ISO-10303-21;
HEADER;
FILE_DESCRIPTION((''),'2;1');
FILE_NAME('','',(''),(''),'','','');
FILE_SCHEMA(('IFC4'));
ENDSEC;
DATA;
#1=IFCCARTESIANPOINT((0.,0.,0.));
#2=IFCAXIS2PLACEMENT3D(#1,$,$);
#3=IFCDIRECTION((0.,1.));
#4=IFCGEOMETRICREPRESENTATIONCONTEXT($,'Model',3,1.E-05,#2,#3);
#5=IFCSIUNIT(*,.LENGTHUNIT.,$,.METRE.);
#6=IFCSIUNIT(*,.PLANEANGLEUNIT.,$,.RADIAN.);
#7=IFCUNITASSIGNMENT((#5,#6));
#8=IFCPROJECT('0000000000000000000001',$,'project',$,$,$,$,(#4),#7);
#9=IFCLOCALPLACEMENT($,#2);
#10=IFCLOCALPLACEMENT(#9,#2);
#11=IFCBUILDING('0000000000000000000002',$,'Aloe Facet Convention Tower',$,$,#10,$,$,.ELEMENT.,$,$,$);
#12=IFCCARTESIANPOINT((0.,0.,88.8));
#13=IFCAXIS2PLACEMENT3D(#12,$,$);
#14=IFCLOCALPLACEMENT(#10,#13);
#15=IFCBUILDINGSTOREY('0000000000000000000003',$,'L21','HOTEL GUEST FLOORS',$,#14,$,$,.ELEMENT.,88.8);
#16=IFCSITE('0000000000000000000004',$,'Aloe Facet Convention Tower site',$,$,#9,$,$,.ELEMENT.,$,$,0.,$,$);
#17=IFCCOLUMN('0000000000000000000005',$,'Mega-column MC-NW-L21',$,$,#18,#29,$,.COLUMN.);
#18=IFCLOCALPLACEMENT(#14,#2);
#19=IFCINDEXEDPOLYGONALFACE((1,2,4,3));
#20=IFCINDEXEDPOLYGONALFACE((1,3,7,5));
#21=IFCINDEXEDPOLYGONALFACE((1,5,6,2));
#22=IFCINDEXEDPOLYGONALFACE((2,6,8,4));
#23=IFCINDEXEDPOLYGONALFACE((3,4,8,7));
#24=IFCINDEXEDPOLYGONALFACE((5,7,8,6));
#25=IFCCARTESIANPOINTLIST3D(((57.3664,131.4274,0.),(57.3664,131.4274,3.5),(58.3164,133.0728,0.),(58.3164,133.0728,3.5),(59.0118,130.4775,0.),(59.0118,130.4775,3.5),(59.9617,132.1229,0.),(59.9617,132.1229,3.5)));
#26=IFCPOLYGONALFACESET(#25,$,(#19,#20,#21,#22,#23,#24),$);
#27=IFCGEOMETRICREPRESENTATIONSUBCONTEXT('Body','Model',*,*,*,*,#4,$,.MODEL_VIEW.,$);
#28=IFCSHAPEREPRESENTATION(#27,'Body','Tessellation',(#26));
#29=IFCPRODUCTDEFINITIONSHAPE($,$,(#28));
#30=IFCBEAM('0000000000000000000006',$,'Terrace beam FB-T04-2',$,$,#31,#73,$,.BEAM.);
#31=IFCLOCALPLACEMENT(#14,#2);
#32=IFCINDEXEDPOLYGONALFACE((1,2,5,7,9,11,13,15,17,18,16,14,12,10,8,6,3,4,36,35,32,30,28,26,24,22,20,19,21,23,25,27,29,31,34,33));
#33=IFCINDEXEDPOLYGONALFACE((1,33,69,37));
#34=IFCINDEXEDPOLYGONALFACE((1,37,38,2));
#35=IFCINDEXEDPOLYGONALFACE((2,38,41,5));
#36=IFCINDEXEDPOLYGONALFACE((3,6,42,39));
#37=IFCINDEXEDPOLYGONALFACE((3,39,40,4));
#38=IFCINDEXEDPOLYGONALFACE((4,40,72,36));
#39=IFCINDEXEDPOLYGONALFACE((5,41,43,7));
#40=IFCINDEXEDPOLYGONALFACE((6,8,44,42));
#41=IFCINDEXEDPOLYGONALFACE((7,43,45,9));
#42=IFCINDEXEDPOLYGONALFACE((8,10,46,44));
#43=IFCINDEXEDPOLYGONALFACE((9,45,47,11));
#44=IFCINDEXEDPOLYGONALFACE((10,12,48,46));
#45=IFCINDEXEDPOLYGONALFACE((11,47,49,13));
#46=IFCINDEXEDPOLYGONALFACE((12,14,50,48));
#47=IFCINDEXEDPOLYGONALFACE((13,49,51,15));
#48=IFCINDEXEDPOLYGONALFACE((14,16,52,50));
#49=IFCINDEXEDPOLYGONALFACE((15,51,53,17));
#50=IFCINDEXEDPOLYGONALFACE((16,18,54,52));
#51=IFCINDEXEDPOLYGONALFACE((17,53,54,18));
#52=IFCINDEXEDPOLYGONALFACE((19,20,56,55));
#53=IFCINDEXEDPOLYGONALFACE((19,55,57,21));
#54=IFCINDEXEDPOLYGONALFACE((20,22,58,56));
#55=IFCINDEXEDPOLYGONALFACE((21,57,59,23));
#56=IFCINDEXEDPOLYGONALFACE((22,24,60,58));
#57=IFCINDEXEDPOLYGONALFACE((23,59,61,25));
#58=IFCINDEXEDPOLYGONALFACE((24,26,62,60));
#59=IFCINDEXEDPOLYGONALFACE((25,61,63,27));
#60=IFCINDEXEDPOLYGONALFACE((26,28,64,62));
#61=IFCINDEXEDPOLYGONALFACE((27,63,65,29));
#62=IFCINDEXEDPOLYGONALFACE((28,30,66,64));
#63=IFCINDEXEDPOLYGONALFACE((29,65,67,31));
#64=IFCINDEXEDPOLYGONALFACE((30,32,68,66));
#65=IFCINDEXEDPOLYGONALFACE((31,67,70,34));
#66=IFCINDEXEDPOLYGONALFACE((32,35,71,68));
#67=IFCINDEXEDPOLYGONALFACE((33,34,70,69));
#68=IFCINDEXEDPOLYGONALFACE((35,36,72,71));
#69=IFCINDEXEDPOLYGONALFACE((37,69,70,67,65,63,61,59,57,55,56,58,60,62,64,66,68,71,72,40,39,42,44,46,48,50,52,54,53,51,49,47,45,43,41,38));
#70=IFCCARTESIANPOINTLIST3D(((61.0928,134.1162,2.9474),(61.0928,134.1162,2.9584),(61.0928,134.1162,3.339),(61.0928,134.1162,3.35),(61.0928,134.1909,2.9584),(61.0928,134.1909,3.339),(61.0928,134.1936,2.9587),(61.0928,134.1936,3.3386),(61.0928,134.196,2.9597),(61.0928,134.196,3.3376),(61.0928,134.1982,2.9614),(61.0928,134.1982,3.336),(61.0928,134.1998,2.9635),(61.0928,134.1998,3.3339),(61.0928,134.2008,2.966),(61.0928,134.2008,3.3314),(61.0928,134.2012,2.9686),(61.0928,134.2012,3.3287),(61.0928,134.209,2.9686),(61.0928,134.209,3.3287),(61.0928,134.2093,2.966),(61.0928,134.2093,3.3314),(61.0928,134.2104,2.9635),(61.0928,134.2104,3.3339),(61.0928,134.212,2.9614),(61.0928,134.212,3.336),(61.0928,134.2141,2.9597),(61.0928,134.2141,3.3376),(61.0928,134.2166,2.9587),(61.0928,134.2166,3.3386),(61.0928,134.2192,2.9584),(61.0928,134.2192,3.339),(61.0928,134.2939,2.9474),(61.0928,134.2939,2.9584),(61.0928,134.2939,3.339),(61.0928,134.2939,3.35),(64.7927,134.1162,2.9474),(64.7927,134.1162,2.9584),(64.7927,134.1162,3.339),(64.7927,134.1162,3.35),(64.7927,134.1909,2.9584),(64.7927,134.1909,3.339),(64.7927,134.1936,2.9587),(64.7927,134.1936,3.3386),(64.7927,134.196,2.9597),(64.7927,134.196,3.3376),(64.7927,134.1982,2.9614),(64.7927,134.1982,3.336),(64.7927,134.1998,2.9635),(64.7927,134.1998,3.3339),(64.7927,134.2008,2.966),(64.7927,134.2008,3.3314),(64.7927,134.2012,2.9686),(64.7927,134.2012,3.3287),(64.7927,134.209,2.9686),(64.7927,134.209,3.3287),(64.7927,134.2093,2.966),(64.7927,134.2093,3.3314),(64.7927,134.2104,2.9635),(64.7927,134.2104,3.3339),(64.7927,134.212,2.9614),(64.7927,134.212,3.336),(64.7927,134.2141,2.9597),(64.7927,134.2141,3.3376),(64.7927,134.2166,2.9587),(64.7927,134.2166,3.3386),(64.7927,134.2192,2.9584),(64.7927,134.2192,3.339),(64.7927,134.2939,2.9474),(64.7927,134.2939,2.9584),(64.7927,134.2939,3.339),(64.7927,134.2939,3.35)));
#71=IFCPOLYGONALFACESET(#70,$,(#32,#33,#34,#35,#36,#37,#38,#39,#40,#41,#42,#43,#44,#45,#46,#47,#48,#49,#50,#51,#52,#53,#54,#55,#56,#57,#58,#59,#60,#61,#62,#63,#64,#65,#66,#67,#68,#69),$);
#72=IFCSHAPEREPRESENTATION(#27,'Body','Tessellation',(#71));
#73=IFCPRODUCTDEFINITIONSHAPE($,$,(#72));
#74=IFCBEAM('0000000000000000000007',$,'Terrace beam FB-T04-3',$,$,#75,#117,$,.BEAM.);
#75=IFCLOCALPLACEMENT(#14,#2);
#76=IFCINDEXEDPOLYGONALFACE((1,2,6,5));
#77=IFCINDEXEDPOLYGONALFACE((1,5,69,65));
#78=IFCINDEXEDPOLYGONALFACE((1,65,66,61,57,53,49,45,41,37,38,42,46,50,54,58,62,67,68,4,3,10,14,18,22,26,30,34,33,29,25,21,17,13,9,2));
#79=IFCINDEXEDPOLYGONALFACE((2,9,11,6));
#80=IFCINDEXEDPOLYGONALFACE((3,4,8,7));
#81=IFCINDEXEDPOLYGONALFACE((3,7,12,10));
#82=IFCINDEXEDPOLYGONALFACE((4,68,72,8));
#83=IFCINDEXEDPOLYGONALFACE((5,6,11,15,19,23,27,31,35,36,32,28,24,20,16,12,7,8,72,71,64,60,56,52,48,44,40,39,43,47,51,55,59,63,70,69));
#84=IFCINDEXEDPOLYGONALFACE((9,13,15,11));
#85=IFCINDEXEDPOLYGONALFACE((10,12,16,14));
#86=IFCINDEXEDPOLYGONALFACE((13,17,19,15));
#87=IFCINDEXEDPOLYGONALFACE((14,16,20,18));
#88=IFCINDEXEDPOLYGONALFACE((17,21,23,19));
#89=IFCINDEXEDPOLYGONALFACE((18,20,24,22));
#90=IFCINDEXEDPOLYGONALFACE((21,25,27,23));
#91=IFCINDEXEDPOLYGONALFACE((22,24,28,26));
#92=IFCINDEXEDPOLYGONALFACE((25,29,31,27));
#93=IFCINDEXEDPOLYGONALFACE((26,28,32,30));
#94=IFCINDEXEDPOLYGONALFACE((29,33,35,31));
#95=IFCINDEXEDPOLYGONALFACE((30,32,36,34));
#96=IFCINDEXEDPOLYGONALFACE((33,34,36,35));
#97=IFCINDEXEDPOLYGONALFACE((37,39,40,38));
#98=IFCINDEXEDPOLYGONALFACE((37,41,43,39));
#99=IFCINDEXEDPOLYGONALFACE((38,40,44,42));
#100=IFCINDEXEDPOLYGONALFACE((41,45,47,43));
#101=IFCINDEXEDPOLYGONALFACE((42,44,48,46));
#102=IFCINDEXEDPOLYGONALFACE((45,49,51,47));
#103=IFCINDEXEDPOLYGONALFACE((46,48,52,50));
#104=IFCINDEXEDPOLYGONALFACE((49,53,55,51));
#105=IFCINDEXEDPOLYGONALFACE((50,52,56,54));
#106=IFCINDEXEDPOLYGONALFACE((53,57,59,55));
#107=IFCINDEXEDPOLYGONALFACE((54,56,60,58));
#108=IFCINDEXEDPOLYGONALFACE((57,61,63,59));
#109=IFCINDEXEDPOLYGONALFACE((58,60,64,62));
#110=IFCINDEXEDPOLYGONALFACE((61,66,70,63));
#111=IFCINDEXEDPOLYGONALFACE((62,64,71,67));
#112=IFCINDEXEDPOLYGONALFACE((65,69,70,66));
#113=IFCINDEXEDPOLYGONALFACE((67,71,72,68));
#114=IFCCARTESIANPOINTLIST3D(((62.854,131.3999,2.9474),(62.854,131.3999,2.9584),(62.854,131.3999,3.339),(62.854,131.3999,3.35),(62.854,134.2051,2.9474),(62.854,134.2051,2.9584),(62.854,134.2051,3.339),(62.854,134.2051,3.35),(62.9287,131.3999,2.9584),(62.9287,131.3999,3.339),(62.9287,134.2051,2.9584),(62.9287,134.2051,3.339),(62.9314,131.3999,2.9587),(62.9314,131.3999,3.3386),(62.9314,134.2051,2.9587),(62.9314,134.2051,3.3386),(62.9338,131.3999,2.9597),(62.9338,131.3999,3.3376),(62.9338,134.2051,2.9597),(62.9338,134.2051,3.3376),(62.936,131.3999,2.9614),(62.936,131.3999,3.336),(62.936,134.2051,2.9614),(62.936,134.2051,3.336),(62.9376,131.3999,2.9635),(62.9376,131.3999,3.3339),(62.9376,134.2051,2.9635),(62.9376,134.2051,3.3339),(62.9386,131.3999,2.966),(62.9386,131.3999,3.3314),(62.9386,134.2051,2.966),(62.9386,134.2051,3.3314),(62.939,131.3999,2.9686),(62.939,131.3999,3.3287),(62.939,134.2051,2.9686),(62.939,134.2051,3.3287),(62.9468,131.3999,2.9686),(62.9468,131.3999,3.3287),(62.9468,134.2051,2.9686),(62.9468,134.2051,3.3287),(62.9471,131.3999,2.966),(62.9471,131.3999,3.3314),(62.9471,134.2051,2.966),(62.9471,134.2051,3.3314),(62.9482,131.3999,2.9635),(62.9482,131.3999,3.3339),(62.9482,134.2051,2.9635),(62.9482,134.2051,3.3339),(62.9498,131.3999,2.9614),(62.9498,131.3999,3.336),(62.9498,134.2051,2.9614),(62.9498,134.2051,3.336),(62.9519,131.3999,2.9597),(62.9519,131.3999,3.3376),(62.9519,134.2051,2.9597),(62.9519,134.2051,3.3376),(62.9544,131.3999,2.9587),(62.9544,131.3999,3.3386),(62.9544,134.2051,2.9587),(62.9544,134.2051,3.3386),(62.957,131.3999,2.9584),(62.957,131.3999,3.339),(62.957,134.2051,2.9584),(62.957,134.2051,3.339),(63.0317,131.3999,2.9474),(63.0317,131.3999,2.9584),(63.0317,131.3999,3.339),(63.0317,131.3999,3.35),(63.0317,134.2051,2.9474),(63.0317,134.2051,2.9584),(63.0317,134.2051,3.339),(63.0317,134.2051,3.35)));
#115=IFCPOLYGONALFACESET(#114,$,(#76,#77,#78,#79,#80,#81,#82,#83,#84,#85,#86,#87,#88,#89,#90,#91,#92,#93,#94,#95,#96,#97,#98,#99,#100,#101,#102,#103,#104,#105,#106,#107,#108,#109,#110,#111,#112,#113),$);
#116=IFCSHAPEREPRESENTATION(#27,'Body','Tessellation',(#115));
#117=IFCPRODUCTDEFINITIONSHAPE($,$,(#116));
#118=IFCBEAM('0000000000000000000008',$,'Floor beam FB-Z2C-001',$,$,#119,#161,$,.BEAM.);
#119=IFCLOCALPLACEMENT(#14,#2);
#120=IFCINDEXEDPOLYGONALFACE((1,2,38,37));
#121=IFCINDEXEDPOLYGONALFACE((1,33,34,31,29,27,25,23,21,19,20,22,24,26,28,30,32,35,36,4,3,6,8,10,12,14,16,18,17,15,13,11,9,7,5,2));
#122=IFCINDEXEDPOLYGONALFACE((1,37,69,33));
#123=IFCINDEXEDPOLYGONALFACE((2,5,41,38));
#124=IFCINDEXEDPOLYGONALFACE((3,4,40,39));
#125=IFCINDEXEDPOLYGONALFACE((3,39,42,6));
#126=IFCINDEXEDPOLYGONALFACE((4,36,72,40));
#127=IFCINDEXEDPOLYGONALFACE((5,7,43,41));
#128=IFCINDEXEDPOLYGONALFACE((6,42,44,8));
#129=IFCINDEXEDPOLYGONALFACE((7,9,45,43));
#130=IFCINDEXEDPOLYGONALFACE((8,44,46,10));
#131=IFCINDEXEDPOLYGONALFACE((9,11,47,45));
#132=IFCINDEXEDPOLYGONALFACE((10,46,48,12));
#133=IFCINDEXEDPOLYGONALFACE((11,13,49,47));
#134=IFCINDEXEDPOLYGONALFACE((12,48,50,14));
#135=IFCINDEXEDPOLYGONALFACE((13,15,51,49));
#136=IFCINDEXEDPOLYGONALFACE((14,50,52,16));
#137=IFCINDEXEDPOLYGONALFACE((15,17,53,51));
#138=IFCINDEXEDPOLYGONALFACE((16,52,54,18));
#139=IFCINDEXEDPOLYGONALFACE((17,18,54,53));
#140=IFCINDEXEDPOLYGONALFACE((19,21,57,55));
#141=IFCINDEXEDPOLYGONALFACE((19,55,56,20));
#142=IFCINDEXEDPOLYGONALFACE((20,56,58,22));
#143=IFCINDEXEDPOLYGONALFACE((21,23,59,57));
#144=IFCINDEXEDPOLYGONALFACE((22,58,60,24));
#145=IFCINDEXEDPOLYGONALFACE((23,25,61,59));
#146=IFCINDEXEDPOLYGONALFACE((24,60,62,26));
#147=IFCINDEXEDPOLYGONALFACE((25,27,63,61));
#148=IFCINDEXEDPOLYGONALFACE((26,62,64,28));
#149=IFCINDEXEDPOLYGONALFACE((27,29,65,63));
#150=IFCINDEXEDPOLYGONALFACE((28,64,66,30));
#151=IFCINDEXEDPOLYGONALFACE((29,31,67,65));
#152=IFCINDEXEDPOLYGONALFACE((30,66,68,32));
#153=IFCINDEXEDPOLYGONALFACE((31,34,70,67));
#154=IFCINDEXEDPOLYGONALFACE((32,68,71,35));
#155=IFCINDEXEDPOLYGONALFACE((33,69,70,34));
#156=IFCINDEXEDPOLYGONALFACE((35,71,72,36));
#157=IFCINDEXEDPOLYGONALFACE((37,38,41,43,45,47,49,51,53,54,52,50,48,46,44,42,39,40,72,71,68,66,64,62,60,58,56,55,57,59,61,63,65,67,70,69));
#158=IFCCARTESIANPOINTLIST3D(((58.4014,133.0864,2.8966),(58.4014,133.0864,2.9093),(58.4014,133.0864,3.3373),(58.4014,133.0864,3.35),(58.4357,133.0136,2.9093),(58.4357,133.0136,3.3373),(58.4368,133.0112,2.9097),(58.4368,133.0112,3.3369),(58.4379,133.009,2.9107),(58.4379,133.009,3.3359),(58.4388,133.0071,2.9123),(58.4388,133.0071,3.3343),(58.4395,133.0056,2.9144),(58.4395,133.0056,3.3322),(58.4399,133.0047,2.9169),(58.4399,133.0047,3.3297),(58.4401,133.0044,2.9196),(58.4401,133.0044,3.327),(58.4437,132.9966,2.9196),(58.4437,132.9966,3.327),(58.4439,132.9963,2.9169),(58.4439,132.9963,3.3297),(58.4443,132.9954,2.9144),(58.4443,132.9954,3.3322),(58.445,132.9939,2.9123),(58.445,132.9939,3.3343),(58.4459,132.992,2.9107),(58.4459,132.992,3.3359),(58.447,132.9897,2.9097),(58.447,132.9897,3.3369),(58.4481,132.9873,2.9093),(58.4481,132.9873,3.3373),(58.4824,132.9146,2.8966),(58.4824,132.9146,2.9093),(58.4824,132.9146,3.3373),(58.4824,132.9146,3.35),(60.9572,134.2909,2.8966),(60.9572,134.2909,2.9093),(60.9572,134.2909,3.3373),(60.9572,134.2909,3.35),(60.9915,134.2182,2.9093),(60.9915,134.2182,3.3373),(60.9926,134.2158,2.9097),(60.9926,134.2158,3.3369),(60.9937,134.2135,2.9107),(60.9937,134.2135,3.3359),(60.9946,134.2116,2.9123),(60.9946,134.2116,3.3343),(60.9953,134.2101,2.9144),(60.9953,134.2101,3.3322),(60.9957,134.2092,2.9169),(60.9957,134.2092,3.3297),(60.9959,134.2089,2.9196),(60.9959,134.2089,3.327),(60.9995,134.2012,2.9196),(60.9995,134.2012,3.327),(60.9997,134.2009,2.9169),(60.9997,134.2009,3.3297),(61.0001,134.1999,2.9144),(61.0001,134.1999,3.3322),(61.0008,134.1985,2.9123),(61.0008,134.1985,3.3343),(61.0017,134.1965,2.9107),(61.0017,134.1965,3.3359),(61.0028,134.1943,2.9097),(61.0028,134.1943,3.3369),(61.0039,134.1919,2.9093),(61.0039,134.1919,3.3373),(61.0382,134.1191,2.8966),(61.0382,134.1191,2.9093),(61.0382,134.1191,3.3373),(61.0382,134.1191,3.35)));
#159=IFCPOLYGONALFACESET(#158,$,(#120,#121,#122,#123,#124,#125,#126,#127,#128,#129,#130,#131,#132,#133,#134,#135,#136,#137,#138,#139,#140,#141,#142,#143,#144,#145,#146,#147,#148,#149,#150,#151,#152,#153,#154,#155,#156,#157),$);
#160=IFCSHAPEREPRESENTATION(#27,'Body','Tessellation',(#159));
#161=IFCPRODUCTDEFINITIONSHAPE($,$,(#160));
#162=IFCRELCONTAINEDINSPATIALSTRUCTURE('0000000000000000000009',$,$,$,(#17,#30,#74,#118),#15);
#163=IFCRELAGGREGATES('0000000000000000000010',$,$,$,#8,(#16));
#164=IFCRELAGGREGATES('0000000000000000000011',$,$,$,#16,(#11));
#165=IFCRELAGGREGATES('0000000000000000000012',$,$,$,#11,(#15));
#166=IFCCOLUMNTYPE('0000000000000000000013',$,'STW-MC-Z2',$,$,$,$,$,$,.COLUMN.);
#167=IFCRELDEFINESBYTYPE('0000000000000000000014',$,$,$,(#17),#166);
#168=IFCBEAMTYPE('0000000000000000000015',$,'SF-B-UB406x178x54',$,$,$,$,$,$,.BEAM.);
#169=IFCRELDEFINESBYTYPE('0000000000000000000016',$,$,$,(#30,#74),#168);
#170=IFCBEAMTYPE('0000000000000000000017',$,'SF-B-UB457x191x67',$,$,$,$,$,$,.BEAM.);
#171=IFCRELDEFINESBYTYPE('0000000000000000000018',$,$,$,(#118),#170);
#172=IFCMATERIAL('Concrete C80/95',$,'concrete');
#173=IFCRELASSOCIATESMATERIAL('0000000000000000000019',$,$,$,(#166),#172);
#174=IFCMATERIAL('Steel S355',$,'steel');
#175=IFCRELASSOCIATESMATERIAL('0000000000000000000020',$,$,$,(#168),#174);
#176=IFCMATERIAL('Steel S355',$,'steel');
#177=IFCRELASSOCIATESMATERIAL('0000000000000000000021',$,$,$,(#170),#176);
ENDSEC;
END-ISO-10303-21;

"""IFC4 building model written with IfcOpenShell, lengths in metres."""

from ifc_helpers import new_model, si_unit, direction, frame, origin, origin_2d, place, context, subcontext, project, spatial, rectangle, i_section, extrude, material, material_profile, profile_set, type_object, element, save


model = new_model("IFC4")

# Units and contexts
model_context = context("Model", 3, precision=1e-05, world=origin(), true_north=direction((0.0, 1.0)))
body_context = subcontext(model_context, "Body", "Model", "MODEL_VIEW")
ifc_project = project(units=[si_unit("LENGTHUNIT", "METRE"), si_unit("PLANEANGLEUNIT", "RADIAN")], contexts=[model_context])

# Site, building, storey
site_placement = place(None, origin())
site = spatial("IfcSite", under=ifc_project, at=site_placement, Name="Aloe Facet Convention Tower site", CompositionType="ELEMENT", RefElevation=0.0)
building_placement = place(site_placement, origin())
building = spatial("IfcBuilding", under=site, at=building_placement, Name="Aloe Facet Convention Tower", CompositionType="ELEMENT")
storey_placement = place(building_placement, frame((0.0, 0.0, 88.8)))
storey = spatial("IfcBuildingStorey", under=building, at=storey_placement, Name="L21", Description="HOTEL GUEST FLOORS", CompositionType="ELEMENT", Elevation=88.8)

# Column
ifc_material_1 = material(Name="Concrete C80/95", Category="concrete")
ifc_material_profile_1 = material_profile(ifc_material_1, rectangle(XDim=1.8999, YDim=1.8999, at=origin_2d()), Name="STW-MC-Z2")
ifc_profile_set_1 = profile_set([ifc_material_profile_1], Name="Concrete C80/95")
column_type = type_object("IfcColumnType", Name="STW-MC-Z2", PredefinedType="COLUMN", material=ifc_profile_set_1)
column_placement = place(storey_placement, frame((58.6641, 131.7751, 0.0), z_axis=(0.0, 0.0, 1.0), x_axis=(-0.5, -0.866025, 0.0)))
element("IfcColumn", 1, at=column_placement, inside=storey, type_object=column_type, Name="Mega-column MC-NW-L21", PredefinedType="COLUMN", context=body_context, shape_type="SweptSolid", body=[
    extrude(rectangle(XDim=1.8999, YDim=1.8999, at=origin_2d()), origin(), (0.0, 0.0, 1.0), 3.5),
])

# Beams
ifc_material_2 = material(Name="Steel S355", Category="steel")
ifc_material_profile_2 = material_profile(ifc_material_2, i_section(OverallWidth=0.1777, OverallDepth=0.4026, WebThickness=0.0078, FlangeThickness=0.011, FilletRadius=0.0103, at=origin_2d()), Name="UB 406x178x54")
ifc_profile_set_2 = profile_set([ifc_material_profile_2], Name="Steel S355")
beam_type_1 = type_object("IfcBeamType", Name="SF-B-UB406x178x54", PredefinedType="BEAM", material=ifc_profile_set_2)
beam_1_placement = place(storey_placement, frame((61.0928, 134.2051, 3.1487), z_axis=(1.0, 0.0, 0.0), x_axis=(0.0, 1.0, 0.0)))
element("IfcBeam", 2, at=beam_1_placement, inside=storey, type_object=beam_type_1, Name="Terrace beam FB-T04-2", PredefinedType="BEAM", context=body_context, shape_type="SweptSolid", body=[
    extrude(i_section(OverallWidth=0.1777, OverallDepth=0.4026, WebThickness=0.0078, FlangeThickness=0.011, FilletRadius=0.0103, at=origin_2d()), origin(), (0.0, 0.0, 1.0), 3.7),
])
beam_2_placement = place(storey_placement, frame((62.9429, 131.3999, 3.1487), z_axis=(0.0, 1.0, 0.0), x_axis=(-1.0, 0.0, 0.0)))
element("IfcBeam", 3, at=beam_2_placement, inside=storey, type_object=beam_type_1, Name="Terrace beam FB-T04-3", PredefinedType="BEAM", context=body_context, shape_type="SweptSolid", body=[
    extrude(i_section(OverallWidth=0.1777, OverallDepth=0.4026, WebThickness=0.0078, FlangeThickness=0.011, FilletRadius=0.0103, at=origin_2d()), origin(), (0.0, 0.0, 1.0), 2.8052),
])
ifc_material_3 = material(Name="Steel S355", Category="steel")
ifc_material_profile_3 = material_profile(ifc_material_3, i_section(OverallWidth=0.1899, OverallDepth=0.4534, WebThickness=0.0085, FlangeThickness=0.0127, FilletRadius=0.0103, at=origin_2d()), Name="UB 457x191x67")
ifc_profile_set_3 = profile_set([ifc_material_profile_3], Name="Steel S355")
beam_type_2 = type_object("IfcBeamType", Name="SF-B-UB457x191x67", PredefinedType="BEAM", material=ifc_profile_set_3)
beam_3_placement = place(storey_placement, frame((58.4419, 133.0005, 3.1233), z_axis=(0.904572, 0.426321, 0.0), x_axis=(-0.426321, 0.904572, 0.0)))
element("IfcBeam", 4, at=beam_3_placement, inside=storey, type_object=beam_type_2, Name="Floor beam FB-Z2C-001", PredefinedType="BEAM", context=body_context, shape_type="SweptSolid", body=[
    extrude(i_section(OverallWidth=0.1899, OverallDepth=0.4534, WebThickness=0.0085, FlangeThickness=0.0127, FilletRadius=0.0103, at=origin_2d()), origin(), (0.0, 0.0, 1.0), 2.8254),
])

save(model, "model.ifc")
